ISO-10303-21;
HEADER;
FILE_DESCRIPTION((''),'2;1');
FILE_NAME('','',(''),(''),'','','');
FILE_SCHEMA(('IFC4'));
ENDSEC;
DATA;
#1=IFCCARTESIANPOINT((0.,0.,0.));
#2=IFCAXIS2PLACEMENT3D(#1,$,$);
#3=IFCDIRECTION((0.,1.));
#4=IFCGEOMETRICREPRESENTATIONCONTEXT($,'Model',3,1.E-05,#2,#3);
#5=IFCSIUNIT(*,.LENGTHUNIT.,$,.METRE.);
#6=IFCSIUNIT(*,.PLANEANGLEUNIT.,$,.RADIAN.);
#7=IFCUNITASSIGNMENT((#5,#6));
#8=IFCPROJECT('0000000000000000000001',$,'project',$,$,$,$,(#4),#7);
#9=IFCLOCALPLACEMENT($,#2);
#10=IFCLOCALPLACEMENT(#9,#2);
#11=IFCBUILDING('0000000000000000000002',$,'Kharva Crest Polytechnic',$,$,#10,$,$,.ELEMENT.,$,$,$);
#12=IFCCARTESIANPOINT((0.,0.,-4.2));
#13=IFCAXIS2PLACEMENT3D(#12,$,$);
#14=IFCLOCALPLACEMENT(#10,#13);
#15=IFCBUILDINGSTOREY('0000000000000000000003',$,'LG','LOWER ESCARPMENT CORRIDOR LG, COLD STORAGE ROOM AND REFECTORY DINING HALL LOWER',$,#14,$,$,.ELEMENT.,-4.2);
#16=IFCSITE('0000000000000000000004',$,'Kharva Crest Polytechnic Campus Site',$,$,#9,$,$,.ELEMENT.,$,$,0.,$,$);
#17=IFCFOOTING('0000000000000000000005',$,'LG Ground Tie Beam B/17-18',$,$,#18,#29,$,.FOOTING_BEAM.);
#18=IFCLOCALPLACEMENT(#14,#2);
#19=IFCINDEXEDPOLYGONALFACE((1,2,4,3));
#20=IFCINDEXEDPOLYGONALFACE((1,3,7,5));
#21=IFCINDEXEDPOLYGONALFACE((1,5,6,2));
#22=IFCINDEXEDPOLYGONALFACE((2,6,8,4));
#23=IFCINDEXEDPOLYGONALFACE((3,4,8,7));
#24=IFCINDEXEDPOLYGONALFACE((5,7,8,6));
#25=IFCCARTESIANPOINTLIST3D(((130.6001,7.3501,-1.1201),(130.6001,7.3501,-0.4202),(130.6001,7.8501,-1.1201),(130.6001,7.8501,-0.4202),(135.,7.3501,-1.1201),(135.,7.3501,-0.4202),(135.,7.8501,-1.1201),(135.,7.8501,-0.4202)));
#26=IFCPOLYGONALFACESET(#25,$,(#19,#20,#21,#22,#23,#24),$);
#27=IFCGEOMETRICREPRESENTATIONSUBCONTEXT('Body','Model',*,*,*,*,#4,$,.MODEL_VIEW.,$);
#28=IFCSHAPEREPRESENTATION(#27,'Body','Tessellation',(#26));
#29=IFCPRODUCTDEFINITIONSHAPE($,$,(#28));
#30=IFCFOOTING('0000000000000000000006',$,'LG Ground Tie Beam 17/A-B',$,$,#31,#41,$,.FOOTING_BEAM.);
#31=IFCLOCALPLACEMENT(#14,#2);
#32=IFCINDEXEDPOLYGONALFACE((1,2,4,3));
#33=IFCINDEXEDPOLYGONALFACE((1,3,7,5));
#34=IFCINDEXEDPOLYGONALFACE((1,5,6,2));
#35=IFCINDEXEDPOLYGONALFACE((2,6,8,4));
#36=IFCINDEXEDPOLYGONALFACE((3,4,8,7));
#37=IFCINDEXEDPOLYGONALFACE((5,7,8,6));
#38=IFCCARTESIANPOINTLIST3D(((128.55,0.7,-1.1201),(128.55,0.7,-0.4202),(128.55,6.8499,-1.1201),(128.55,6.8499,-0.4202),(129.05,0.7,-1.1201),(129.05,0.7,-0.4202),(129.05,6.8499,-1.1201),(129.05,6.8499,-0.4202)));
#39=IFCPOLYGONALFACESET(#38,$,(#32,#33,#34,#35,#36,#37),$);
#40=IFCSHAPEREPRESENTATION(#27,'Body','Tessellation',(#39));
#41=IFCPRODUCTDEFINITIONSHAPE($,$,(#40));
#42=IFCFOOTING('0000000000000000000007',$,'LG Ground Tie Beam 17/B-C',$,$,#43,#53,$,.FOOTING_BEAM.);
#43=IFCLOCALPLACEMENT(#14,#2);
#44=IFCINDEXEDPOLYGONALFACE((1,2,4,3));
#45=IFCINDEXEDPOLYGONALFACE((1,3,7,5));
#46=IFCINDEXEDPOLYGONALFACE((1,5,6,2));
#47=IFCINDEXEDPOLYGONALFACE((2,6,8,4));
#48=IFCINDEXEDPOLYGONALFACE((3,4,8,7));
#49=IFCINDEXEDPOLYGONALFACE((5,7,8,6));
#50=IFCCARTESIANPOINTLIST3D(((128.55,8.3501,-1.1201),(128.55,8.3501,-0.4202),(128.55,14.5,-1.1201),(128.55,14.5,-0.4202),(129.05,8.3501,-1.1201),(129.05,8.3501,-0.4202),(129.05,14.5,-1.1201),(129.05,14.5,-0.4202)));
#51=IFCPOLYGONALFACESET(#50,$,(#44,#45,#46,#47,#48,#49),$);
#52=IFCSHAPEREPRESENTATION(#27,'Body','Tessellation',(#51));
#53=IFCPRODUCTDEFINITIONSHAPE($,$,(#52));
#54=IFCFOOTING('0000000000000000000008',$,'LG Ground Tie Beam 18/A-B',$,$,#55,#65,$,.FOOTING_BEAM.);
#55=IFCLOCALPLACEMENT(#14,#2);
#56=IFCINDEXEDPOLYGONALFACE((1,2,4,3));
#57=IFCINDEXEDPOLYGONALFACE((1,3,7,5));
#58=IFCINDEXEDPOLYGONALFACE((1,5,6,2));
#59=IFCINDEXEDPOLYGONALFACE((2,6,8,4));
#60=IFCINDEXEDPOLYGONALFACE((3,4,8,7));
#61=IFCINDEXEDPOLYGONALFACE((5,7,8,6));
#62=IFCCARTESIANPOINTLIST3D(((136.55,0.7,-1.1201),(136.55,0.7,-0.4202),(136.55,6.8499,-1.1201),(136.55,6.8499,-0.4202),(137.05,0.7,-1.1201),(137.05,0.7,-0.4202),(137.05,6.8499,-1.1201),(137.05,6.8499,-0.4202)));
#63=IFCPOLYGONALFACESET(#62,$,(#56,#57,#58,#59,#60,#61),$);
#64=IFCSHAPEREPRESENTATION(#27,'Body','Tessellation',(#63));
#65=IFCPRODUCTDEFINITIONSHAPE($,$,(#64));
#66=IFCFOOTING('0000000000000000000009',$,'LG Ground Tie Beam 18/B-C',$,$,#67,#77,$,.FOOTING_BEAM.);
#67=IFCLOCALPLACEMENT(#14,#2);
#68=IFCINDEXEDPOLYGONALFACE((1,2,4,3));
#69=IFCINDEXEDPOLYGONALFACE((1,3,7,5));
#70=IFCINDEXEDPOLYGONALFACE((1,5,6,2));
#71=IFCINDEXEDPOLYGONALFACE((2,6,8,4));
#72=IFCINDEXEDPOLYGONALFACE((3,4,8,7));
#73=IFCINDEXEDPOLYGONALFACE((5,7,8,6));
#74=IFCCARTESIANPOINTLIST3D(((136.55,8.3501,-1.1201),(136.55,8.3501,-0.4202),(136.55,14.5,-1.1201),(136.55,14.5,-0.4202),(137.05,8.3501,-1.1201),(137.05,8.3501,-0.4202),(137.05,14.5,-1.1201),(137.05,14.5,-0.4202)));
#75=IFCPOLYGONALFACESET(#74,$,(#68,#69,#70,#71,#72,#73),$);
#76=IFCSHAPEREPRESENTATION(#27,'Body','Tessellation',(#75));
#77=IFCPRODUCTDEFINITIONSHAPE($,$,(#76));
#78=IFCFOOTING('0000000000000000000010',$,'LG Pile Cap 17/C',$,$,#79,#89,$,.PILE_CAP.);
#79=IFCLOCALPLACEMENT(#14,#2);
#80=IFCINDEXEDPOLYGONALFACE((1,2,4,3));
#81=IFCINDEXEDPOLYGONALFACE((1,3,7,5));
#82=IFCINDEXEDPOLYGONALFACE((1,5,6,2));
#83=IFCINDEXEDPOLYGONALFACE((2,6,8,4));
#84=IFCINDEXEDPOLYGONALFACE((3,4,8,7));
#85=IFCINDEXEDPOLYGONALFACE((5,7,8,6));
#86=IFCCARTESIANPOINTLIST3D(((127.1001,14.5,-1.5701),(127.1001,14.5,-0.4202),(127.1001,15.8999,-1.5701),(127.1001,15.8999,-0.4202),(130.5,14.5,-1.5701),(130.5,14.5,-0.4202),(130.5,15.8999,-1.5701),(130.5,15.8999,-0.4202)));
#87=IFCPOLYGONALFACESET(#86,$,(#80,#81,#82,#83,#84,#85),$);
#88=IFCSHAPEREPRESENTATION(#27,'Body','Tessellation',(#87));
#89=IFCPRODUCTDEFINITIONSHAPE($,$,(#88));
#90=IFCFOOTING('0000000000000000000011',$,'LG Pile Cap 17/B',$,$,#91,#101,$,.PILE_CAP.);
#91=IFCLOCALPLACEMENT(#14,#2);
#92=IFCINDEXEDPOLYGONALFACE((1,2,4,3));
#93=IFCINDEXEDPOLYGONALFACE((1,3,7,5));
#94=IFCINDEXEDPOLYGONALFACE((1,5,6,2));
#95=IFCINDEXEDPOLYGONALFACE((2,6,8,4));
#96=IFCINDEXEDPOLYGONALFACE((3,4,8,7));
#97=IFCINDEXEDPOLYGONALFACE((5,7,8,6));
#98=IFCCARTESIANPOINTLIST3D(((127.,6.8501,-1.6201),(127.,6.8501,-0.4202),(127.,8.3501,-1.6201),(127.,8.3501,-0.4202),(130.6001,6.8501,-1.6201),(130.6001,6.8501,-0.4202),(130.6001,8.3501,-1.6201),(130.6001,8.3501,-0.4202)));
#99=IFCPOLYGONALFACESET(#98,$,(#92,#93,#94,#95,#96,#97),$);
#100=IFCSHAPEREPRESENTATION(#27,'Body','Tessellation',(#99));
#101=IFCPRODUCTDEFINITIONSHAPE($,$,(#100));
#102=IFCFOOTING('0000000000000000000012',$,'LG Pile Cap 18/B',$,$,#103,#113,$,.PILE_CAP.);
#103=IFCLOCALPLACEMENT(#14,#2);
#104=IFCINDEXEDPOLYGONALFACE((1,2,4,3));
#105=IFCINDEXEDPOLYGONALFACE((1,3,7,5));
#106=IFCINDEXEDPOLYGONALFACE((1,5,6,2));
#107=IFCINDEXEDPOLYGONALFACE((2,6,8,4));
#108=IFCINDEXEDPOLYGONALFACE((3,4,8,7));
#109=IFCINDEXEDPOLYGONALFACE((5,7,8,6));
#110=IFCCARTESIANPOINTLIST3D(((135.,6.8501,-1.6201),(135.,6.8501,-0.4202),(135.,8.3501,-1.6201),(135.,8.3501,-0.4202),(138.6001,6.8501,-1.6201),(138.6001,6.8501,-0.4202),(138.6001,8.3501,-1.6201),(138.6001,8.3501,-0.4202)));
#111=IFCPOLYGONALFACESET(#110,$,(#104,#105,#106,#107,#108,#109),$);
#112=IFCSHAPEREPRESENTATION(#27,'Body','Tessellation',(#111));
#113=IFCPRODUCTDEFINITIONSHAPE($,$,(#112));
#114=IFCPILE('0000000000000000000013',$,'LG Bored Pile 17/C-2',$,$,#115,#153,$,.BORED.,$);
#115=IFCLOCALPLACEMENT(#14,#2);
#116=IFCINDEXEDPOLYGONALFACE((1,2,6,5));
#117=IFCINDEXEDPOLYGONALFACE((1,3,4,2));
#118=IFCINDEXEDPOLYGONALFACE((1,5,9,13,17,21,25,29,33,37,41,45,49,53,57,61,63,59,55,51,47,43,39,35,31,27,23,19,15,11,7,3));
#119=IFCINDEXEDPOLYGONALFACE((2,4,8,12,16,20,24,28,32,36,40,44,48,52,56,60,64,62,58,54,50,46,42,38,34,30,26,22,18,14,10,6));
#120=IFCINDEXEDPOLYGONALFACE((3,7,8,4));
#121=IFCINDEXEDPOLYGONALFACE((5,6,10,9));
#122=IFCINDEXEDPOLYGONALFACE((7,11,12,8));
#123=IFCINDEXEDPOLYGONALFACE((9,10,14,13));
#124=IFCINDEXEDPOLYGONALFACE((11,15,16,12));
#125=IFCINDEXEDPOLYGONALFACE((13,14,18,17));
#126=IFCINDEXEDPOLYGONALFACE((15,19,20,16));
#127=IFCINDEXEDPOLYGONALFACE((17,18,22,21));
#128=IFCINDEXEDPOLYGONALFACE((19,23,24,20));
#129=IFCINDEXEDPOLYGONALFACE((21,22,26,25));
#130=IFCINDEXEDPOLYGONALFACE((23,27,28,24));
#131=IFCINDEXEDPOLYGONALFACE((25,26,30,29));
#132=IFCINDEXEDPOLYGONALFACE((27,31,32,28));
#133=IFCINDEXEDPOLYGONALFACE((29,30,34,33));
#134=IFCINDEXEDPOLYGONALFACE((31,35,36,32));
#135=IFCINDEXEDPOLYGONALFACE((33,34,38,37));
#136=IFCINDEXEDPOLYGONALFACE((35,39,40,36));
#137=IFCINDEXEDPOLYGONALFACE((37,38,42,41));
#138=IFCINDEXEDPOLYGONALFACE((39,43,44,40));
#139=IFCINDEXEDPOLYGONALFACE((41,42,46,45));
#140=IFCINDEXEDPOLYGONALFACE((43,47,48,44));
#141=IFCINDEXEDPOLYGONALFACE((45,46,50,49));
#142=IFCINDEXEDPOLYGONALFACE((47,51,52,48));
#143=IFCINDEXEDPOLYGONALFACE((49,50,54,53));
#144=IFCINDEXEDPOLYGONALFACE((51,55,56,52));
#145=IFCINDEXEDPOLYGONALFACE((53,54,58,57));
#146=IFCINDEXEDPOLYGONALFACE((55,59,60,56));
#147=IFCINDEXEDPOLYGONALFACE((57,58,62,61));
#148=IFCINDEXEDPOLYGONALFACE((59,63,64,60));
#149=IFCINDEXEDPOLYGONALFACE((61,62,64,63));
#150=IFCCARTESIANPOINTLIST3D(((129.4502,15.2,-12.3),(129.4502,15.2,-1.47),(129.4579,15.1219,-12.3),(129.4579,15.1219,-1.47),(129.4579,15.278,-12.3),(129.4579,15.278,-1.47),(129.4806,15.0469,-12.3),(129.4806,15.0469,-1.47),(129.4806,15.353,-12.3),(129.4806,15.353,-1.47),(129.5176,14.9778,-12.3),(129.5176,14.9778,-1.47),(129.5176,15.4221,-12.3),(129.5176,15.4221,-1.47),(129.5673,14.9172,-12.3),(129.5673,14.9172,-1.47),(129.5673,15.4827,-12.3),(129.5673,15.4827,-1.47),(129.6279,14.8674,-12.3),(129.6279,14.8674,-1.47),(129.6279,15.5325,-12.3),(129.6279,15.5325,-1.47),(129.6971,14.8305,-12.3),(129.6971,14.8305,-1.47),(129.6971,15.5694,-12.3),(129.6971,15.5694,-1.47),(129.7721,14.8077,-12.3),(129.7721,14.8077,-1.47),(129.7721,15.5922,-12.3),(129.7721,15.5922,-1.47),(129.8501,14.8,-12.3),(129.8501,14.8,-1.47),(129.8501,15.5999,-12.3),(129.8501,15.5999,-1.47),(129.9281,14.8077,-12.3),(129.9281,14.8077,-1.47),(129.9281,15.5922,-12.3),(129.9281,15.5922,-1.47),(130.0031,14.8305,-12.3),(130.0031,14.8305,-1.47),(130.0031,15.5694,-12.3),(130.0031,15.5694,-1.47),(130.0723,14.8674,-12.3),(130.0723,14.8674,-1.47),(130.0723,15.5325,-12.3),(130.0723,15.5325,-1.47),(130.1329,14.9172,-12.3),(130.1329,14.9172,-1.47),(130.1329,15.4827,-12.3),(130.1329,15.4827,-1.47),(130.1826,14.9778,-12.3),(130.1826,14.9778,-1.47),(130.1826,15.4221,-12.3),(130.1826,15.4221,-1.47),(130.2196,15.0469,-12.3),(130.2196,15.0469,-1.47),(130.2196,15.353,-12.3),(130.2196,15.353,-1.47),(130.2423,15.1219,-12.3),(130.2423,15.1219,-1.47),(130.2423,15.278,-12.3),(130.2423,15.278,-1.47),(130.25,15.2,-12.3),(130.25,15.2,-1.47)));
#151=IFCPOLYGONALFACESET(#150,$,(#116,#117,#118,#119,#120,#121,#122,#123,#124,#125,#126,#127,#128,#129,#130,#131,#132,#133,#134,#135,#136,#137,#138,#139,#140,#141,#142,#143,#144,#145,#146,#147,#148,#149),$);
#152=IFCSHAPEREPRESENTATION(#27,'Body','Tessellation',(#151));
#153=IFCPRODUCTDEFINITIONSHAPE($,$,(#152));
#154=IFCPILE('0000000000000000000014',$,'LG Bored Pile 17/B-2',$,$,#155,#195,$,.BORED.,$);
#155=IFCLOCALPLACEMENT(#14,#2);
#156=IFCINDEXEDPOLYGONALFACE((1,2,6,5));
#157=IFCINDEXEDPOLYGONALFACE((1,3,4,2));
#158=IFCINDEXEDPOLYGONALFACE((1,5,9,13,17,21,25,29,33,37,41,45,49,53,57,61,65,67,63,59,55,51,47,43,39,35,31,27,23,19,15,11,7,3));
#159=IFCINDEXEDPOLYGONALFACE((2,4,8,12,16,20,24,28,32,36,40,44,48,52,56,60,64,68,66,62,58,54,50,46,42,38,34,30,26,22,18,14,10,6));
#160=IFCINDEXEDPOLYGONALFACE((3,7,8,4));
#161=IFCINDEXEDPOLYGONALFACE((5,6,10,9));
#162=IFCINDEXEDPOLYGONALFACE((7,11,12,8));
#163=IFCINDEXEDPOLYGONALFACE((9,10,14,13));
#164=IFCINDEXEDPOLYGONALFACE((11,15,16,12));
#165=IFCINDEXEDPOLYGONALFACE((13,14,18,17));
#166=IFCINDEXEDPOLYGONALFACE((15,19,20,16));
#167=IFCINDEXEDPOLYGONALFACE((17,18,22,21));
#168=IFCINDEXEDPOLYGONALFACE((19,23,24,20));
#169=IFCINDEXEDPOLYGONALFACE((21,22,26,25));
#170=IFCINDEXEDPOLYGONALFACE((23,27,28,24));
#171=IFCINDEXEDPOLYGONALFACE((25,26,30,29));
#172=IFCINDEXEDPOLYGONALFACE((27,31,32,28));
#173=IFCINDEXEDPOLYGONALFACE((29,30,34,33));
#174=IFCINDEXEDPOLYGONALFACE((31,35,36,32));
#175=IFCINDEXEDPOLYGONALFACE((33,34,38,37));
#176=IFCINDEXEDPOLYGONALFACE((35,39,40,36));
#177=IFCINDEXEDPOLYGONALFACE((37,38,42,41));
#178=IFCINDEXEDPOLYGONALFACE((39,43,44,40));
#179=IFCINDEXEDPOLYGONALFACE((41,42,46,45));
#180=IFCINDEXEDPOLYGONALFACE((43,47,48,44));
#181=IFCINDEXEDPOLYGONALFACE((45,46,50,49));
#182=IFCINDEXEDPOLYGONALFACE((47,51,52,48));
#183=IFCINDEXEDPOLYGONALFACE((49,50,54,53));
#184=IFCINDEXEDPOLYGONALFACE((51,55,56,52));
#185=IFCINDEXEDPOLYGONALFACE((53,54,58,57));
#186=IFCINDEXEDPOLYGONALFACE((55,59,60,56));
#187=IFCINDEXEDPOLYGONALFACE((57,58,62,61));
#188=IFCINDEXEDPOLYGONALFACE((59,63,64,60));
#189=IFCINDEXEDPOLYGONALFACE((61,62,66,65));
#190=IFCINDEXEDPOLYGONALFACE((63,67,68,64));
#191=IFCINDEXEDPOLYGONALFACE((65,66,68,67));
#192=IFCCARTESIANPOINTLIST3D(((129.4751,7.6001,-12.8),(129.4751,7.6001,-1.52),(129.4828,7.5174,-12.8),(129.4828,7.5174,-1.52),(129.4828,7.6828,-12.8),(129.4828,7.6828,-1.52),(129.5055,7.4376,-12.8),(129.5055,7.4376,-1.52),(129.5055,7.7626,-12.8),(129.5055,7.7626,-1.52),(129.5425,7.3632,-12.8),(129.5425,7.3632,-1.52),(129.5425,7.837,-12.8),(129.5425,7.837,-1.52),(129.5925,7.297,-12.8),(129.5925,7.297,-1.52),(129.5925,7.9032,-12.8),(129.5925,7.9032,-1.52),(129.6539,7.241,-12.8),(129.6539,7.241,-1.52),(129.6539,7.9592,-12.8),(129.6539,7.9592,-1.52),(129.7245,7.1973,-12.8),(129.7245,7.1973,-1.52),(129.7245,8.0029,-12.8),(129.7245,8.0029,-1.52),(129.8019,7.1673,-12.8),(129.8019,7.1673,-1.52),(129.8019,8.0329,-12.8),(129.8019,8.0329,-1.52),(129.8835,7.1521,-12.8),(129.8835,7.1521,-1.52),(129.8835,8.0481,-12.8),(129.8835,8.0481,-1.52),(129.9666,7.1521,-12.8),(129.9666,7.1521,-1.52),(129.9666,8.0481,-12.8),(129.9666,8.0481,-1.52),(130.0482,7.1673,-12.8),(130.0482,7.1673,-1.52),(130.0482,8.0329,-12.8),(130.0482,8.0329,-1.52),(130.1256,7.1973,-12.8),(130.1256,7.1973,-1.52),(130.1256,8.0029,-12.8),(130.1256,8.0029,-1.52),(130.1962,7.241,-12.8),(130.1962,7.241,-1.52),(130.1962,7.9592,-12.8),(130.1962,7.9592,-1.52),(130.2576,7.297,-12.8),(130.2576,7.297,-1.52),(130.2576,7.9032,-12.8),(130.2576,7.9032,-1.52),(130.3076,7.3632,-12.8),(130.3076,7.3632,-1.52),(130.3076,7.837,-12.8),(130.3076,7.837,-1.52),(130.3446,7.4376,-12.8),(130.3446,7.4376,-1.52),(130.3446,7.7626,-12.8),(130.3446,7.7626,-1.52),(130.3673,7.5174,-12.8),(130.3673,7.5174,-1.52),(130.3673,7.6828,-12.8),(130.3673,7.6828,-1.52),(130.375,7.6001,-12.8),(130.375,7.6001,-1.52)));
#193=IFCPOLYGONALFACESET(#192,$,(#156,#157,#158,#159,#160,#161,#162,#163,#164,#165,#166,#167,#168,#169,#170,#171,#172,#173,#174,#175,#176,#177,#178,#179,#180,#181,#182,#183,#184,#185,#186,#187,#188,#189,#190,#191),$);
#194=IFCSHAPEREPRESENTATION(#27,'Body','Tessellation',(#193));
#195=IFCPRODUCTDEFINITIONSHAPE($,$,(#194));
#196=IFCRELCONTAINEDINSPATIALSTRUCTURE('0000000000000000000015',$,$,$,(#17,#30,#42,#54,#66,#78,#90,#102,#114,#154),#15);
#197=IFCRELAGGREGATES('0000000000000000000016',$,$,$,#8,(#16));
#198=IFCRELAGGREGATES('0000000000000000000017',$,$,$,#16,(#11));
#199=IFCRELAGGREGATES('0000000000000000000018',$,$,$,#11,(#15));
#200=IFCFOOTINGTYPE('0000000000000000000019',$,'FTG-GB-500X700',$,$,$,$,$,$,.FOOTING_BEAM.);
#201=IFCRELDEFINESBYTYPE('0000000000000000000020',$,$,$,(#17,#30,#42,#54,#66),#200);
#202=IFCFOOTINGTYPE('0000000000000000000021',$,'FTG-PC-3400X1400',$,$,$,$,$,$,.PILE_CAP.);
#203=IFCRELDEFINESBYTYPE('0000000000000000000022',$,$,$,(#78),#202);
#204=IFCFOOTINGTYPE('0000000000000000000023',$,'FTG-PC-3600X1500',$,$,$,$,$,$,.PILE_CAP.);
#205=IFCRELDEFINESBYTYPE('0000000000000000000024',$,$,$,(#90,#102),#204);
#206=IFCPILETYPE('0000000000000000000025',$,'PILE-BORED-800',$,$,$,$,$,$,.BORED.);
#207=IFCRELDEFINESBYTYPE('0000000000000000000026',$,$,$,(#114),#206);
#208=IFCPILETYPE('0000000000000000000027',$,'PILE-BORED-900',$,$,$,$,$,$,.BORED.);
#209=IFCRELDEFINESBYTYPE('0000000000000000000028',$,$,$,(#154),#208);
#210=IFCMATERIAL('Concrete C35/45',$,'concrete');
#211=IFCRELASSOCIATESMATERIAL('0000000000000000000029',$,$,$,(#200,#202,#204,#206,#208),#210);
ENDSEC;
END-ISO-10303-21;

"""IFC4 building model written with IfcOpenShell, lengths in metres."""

from ifc_helpers import new_model, si_unit, direction, frame, origin, origin_2d, place, context, subcontext, project, spatial, rectangle, circle, extrude, material, material_profile, profile_set, type_object, element, save


model = new_model("IFC4")

# Units and contexts
model_context = context("Model", 3, precision=1e-05, world=origin(), true_north=direction((0.0, 1.0)))
body_context = subcontext(model_context, "Body", "Model", "MODEL_VIEW")
ifc_project = project(units=[si_unit("LENGTHUNIT", "METRE"), si_unit("PLANEANGLEUNIT", "RADIAN")], contexts=[model_context])

# Site, building, storey
site_placement = place(None, origin())
site = spatial("IfcSite", under=ifc_project, at=site_placement, Name="Kharva Crest Polytechnic Campus Site", CompositionType="ELEMENT", RefElevation=0.0)
building_placement = place(site_placement, origin())
building = spatial("IfcBuilding", under=site, at=building_placement, Name="Kharva Crest Polytechnic", CompositionType="ELEMENT")
storey_placement = place(building_placement, frame((0.0, 0.0, -4.2)))
storey = spatial("IfcBuildingStorey", under=building, at=storey_placement, Name="LG", Description="LOWER ESCARPMENT CORRIDOR LG, COLD STORAGE ROOM AND REFECTORY DINING HALL LOWER", CompositionType="ELEMENT", Elevation=-4.2)

# Footings
ifc_material_1 = material(Name="Concrete C35/45", Category="concrete")
footing_type_1 = type_object("IfcFootingType", Name="FTG-GB-500X700", PredefinedType="FOOTING_BEAM", material=ifc_material_1)
footing_1_placement = place(storey_placement, frame((132.8, 7.6001, -1.1201), z_axis=(0.0, 0.0, 1.0), x_axis=(1.0, 0.0, 0.0)))
element("IfcFooting", 1, at=footing_1_placement, inside=storey, type_object=footing_type_1, Name="LG Ground Tie Beam B/17-18", PredefinedType="FOOTING_BEAM", context=body_context, shape_type="SweptSolid", body=[
    extrude(rectangle(XDim=4.3999, YDim=0.5, at=origin_2d()), origin(), (0.0, 0.0, 1.0), 0.7),
])
for number, where, z_axis, x_axis, name in (
    (2, (128.8, 3.7749, -1.1201), (0.0, 0.0, 1.0), (0.0, 1.0, 0.0), "LG Ground Tie Beam 17/A-B"),
    (3, (128.8, 11.425, -1.1201), (0.0, 0.0, 1.0), (0.0, 1.0, 0.0), "LG Ground Tie Beam 17/B-C"),
    (4, (136.8, 3.7749, -1.1201), (0.0, 0.0, 1.0), (0.0, 1.0, 0.0), "LG Ground Tie Beam 18/A-B"),
    (5, (136.8, 11.425, -1.1201), (0.0, 0.0, 1.0), (0.0, 1.0, 0.0), "LG Ground Tie Beam 18/B-C"),
):
    element("IfcFooting", number, at=place(storey_placement, frame(where, z_axis=z_axis, x_axis=x_axis)), inside=storey, type_object=footing_type_1, Name=name, PredefinedType="FOOTING_BEAM", context=body_context, shape_type="SweptSolid", body=[
        extrude(rectangle(XDim=6.1499, YDim=0.5, at=origin_2d()), origin(), (0.0, 0.0, 1.0), 0.7),
    ])
footing_type_2 = type_object("IfcFootingType", Name="FTG-PC-3400X1400", PredefinedType="PILE_CAP", material=ifc_material_1)
footing_2_placement = place(storey_placement, frame((128.8, 15.2, -1.5701), z_axis=(0.0, 0.0, 1.0), x_axis=(1.0, 0.0, 0.0)))
element("IfcFooting", 6, at=footing_2_placement, inside=storey, type_object=footing_type_2, Name="LG Pile Cap 17/C", PredefinedType="PILE_CAP", context=body_context, shape_type="SweptSolid", body=[
    extrude(rectangle(XDim=3.3999, YDim=1.3999, at=origin_2d()), origin(), (0.0, 0.0, 1.0), 1.1499),
])
footing_type_3 = type_object("IfcFootingType", Name="FTG-PC-3600X1500", PredefinedType="PILE_CAP", material=ifc_material_1)
for number, where, z_axis, x_axis, name in (
    (7, (128.8, 7.6001, -1.6201), (0.0, 0.0, 1.0), (1.0, 0.0, 0.0), "LG Pile Cap 17/B"),
    (8, (136.8, 7.6001, -1.6201), (0.0, 0.0, 1.0), (1.0, 0.0, 0.0), "LG Pile Cap 18/B"),
):
    element("IfcFooting", number, at=place(storey_placement, frame(where, z_axis=z_axis, x_axis=x_axis)), inside=storey, type_object=footing_type_3, Name=name, PredefinedType="PILE_CAP", context=body_context, shape_type="SweptSolid", body=[
        extrude(rectangle(XDim=3.6001, YDim=1.5, at=origin_2d()), origin(), (0.0, 0.0, 1.0), 1.2),
    ])

# Piles
ifc_material_profile_1 = material_profile(ifc_material_1, circle(Radius=0.3999, at=origin_2d()), Name="DIA 800")
ifc_profile_set_1 = profile_set([ifc_material_profile_1], Name="Concrete C35/45")
pile_type_1 = type_object("IfcPileType", Name="PILE-BORED-800", PredefinedType="BORED", material=ifc_profile_set_1)
pile_placement = place(storey_placement, frame((129.8501, 15.2, -1.47), z_axis=(0.0, 0.0, -1.0), x_axis=(1.0, 0.0, 0.0)))
element("IfcPile", 9, at=pile_placement, inside=storey, type_object=pile_type_1, Name="LG Bored Pile 17/C-2", PredefinedType="BORED", context=body_context, shape_type="SweptSolid", body=[
    extrude(circle(Radius=0.3999, at=origin_2d()), origin(), (0.0, 0.0, 1.0), 10.8301),
])
ifc_material_profile_2 = material_profile(ifc_material_1, circle(Radius=0.45, at=origin_2d()), Name="DIA 900")
ifc_profile_set_2 = profile_set([ifc_material_profile_2], Name="Concrete C35/45")
pile_type_2 = type_object("IfcPileType", Name="PILE-BORED-900", PredefinedType="BORED", material=ifc_profile_set_2)
for number, where, z_axis, x_axis, name in (
    (10, (129.925, 7.6001, -1.52), (0.0, 0.0, -1.0), (1.0, 0.0, 0.0), "LG Bored Pile 17/B-2"),
):
    element("IfcPile", number, at=place(storey_placement, frame(where, z_axis=z_axis, x_axis=x_axis)), inside=storey, type_object=pile_type_2, Name=name, PredefinedType="BORED", context=body_context, shape_type="SweptSolid", body=[
        extrude(circle(Radius=0.45, at=origin_2d()), origin(), (0.0, 0.0, 1.0), 11.28),
    ])

save(model, "model.ifc")
